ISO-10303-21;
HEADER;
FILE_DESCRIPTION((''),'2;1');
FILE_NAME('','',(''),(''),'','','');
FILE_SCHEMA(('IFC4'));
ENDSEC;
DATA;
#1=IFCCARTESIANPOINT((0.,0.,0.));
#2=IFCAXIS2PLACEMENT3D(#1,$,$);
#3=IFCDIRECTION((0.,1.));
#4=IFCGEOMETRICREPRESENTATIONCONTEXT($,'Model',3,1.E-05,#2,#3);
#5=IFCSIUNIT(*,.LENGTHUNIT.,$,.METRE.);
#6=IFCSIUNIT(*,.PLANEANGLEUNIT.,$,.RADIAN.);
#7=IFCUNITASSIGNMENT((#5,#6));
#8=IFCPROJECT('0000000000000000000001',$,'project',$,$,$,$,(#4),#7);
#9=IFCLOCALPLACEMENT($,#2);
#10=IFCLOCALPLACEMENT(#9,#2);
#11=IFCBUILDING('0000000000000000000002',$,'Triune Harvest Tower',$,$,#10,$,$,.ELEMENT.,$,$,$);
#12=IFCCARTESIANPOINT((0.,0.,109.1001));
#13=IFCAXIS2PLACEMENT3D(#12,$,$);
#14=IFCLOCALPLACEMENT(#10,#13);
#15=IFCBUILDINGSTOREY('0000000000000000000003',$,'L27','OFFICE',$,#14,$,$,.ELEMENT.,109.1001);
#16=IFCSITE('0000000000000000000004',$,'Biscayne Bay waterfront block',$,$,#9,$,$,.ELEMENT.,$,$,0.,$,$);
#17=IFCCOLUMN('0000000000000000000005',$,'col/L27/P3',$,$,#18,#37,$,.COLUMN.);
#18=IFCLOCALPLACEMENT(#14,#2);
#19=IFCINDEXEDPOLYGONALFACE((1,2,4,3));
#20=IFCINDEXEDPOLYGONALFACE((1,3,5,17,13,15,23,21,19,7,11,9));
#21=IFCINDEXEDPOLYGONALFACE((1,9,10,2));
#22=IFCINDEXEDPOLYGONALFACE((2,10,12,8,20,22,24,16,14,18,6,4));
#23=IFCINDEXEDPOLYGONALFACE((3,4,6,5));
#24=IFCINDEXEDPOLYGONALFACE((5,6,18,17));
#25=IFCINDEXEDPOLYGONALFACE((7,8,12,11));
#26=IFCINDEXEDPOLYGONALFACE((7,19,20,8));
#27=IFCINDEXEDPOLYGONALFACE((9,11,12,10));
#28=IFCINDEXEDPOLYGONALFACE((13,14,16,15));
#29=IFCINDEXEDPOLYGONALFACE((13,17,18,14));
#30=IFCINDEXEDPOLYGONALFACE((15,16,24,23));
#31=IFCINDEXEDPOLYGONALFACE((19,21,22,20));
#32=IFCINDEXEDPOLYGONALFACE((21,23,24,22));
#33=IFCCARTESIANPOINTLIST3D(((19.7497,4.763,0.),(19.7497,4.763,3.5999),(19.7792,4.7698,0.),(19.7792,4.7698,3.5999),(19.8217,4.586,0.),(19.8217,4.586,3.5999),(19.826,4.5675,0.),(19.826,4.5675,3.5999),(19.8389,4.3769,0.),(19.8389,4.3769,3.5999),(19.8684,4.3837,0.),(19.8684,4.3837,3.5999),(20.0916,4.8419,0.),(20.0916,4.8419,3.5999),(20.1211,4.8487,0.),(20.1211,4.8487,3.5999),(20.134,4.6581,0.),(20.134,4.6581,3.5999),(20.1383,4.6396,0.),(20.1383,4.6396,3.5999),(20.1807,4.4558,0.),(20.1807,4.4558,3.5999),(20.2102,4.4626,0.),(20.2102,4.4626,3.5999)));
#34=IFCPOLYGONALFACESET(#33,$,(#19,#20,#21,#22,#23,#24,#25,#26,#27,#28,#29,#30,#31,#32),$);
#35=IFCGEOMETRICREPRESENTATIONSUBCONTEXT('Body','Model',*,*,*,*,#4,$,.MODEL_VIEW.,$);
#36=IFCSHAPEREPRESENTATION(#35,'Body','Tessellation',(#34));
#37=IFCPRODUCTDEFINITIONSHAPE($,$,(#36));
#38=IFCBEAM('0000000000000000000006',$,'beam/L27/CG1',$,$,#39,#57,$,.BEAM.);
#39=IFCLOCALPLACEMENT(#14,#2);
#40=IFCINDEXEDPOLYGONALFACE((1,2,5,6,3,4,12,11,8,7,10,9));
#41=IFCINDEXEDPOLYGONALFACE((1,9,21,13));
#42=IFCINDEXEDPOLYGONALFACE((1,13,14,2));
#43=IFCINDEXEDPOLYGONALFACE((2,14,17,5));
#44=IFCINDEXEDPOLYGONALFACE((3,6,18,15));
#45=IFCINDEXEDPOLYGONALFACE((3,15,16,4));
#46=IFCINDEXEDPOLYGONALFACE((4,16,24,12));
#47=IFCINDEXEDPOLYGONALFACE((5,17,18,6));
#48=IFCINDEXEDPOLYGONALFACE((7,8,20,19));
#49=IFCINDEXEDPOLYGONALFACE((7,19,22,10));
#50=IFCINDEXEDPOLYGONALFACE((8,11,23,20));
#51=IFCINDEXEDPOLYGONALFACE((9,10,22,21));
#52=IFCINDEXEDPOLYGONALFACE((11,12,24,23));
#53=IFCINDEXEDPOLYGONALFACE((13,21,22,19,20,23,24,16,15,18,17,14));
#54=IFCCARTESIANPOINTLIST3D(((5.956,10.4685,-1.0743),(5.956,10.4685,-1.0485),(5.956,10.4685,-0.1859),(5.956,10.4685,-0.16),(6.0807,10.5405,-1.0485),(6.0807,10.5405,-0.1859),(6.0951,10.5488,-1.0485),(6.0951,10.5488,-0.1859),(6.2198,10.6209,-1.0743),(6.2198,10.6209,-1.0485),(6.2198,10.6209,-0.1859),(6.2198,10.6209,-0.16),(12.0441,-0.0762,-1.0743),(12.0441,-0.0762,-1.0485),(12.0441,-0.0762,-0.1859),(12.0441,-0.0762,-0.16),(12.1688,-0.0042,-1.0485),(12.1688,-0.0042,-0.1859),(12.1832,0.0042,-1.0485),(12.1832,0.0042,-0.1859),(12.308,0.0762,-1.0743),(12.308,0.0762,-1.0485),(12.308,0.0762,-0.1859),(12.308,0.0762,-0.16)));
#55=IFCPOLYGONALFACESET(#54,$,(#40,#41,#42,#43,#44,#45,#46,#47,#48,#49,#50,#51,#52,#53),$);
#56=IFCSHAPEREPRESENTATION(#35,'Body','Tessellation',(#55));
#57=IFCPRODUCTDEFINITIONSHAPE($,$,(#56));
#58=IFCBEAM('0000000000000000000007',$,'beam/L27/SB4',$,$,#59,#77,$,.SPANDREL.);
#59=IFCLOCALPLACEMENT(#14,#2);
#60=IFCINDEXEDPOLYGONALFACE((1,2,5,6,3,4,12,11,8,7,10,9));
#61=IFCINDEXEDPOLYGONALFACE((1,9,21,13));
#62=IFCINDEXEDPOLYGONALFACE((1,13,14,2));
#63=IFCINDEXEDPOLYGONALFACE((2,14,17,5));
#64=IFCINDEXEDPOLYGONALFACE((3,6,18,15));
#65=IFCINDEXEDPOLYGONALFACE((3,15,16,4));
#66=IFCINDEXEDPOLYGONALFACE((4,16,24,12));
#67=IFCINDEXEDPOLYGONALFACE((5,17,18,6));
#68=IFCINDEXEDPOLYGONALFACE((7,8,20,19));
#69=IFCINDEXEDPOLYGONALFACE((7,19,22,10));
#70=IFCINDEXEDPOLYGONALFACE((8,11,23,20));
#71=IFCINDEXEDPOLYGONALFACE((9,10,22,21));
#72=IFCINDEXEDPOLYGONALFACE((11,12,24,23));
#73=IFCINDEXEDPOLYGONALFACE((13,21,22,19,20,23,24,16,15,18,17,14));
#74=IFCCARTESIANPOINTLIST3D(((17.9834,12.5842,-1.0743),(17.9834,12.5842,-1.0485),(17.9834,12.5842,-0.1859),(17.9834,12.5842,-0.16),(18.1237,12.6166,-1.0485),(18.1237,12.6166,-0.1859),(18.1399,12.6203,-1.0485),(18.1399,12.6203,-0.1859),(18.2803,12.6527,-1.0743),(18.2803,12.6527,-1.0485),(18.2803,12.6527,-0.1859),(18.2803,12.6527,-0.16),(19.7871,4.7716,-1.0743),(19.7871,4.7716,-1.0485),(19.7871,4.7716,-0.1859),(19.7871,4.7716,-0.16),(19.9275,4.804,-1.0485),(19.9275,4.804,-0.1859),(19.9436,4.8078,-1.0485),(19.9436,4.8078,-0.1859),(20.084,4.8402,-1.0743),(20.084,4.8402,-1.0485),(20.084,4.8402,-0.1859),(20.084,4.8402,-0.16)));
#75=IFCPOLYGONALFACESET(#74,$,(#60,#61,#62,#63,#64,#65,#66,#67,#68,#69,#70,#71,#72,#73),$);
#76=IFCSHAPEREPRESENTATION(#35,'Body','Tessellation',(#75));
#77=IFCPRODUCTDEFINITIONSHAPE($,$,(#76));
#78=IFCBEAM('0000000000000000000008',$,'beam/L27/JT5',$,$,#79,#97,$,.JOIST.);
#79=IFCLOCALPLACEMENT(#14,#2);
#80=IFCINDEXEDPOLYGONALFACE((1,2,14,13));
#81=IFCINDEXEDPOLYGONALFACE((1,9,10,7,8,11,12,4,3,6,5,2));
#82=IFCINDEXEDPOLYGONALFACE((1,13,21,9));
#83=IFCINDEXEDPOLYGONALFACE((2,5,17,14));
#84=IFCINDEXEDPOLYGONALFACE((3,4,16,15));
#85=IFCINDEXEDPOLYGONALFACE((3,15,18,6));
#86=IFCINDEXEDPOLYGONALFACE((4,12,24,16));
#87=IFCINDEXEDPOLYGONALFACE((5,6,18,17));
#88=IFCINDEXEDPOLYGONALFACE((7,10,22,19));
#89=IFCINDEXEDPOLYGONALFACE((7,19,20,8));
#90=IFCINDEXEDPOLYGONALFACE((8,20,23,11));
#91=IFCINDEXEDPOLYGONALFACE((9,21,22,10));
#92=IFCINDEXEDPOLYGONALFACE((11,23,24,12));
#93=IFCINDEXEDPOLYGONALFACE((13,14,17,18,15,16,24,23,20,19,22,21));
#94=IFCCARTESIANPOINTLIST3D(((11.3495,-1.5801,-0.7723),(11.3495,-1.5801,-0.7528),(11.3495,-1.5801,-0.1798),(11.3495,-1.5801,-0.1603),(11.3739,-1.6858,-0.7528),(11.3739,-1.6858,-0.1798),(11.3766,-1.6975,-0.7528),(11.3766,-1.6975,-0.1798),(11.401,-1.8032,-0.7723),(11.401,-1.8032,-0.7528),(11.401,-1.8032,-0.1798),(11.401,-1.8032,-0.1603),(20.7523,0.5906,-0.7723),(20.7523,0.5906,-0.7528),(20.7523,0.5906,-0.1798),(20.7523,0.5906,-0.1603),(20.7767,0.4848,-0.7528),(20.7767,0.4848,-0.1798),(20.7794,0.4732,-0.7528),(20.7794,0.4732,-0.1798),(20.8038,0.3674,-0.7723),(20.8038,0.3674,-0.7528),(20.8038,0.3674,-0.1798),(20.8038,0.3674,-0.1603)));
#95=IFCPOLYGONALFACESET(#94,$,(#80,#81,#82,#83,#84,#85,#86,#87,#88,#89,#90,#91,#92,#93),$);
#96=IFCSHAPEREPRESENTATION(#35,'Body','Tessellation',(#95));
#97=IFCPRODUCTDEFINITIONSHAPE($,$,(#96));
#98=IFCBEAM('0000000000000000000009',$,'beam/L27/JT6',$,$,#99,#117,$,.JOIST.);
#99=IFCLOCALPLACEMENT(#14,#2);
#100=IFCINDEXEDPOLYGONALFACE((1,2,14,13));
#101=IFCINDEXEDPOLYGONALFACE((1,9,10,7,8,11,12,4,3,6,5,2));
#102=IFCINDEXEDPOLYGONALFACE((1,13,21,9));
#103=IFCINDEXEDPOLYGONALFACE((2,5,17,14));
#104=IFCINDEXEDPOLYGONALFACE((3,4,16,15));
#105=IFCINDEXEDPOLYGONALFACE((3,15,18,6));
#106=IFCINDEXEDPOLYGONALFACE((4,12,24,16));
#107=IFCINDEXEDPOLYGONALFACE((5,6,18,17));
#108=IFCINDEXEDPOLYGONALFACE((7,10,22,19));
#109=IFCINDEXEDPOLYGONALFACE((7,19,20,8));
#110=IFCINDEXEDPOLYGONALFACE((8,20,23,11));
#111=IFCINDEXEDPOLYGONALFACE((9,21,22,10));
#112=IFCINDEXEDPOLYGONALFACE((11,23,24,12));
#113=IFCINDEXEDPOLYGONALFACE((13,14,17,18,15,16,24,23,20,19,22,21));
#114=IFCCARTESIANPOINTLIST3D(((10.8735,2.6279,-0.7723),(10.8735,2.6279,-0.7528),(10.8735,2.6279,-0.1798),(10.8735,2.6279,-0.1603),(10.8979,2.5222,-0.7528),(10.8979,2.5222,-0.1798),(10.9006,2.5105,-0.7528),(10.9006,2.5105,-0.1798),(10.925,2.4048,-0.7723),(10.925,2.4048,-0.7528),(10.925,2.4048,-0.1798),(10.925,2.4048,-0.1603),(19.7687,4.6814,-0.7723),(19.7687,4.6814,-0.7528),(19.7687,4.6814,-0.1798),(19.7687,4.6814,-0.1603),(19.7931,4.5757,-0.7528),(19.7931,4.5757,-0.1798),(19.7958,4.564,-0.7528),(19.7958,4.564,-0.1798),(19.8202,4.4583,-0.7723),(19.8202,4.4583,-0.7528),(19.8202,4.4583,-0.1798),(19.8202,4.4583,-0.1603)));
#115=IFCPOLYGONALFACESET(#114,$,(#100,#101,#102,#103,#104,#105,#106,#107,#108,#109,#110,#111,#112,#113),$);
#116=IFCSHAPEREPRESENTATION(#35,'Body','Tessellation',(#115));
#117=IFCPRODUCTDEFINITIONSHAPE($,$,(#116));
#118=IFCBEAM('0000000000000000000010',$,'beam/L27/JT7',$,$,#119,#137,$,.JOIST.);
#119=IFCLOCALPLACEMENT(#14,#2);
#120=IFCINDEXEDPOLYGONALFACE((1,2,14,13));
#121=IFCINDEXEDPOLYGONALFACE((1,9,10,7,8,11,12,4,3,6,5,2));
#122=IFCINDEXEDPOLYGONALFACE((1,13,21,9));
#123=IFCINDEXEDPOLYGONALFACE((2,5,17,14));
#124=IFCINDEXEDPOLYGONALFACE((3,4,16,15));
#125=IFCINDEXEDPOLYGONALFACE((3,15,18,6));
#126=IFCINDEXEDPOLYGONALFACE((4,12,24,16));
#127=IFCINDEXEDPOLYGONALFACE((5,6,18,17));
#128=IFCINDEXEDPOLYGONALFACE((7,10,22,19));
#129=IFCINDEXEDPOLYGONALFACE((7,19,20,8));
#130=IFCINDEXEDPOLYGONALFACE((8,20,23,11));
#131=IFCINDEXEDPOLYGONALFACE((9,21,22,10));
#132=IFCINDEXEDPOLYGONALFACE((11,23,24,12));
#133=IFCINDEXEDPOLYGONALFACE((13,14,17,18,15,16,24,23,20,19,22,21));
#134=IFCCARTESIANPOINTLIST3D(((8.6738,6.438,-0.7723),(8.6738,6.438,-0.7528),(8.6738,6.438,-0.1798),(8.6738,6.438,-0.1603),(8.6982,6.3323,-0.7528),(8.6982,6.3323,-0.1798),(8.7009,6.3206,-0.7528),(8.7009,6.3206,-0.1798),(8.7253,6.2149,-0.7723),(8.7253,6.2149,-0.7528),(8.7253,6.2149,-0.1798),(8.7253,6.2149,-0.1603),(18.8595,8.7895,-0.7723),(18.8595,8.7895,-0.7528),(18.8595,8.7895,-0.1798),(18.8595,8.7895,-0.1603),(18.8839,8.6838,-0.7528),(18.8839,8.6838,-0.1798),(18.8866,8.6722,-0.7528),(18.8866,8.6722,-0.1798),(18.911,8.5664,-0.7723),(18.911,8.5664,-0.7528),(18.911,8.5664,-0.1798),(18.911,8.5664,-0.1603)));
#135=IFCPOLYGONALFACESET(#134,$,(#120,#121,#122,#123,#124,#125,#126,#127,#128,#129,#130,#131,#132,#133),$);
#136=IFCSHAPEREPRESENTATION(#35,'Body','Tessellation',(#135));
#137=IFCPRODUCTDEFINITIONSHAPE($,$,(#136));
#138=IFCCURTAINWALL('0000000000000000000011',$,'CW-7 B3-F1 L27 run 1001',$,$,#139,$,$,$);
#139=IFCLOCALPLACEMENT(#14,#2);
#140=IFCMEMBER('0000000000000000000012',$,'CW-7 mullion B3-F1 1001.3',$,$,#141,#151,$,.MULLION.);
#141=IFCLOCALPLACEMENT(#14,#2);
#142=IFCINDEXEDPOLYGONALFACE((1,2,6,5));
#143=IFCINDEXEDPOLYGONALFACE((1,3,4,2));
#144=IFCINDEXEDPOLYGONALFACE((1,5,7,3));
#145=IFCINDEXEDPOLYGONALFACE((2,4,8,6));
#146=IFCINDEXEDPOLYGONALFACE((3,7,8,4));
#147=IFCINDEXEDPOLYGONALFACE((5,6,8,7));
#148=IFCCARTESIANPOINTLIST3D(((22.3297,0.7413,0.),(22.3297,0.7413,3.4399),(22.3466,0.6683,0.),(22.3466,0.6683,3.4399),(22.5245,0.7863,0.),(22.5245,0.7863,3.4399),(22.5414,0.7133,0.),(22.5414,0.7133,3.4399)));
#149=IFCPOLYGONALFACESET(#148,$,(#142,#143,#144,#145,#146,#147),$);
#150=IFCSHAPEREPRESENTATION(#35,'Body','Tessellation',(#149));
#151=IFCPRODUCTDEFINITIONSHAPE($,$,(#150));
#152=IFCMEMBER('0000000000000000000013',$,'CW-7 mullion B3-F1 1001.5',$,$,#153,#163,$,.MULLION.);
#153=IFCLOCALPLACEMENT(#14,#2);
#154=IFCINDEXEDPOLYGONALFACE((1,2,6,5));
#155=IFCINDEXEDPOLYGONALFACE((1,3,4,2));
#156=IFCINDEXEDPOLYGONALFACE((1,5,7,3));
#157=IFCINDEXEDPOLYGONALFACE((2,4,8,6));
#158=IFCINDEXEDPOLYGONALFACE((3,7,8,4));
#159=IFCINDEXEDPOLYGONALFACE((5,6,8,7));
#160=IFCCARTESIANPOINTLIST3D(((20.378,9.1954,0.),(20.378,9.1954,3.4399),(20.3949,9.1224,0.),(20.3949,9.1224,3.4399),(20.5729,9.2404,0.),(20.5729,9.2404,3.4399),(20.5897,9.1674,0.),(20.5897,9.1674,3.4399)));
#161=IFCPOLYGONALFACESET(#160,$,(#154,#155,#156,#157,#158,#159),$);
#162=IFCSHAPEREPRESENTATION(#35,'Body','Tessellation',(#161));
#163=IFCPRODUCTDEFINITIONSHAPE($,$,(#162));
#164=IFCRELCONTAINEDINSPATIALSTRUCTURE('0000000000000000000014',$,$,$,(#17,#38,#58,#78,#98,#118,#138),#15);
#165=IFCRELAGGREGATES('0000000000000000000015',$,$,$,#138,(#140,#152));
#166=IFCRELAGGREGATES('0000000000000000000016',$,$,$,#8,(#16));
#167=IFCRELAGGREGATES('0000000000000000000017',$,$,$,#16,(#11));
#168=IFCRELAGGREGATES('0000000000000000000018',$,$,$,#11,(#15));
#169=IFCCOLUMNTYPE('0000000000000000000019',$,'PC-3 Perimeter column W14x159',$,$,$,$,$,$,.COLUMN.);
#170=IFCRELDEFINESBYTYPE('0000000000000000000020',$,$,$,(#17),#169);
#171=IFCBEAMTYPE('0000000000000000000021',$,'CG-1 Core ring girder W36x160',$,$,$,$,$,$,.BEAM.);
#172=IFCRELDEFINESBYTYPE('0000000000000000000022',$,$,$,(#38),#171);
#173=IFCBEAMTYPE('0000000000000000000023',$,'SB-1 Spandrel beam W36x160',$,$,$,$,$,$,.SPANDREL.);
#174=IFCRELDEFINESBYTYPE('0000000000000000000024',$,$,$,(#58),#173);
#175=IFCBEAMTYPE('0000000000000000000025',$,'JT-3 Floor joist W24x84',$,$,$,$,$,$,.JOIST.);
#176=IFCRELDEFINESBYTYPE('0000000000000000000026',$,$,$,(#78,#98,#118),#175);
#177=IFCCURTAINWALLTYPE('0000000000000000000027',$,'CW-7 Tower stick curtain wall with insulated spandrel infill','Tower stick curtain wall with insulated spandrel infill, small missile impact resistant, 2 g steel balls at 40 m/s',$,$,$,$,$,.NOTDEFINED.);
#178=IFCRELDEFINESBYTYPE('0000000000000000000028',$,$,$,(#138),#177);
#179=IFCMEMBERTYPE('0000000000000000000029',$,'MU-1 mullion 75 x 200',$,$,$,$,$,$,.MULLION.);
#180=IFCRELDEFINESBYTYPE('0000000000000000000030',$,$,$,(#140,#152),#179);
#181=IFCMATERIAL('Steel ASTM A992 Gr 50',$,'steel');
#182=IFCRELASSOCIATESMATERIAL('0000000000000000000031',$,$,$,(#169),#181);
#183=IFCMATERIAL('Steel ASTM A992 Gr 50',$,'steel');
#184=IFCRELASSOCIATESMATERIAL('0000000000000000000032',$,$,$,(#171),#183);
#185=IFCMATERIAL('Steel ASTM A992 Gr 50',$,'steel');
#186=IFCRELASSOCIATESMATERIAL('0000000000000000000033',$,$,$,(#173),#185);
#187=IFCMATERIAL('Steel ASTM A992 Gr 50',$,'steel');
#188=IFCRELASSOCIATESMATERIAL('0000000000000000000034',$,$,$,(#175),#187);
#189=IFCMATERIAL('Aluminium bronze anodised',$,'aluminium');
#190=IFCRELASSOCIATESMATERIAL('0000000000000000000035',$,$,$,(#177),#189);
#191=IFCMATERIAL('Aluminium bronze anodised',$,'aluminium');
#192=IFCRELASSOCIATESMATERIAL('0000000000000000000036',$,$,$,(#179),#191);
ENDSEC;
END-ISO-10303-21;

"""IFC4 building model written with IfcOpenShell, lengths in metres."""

from ifc_helpers import new_model, si_unit, direction, frame, origin, origin_2d, place, context, subcontext, project, spatial, rectangle, i_section, extrude, source, transform, mapped, material, material_profile, profile_set, type_object, element, aggregate, save


model = new_model("IFC4")

# Units and contexts
model_context = context("Model", 3, precision=1e-05, world=origin(), true_north=direction((0.0, 1.0)))
body_context = subcontext(model_context, "Body", "Model", "MODEL_VIEW")
ifc_project = project(units=[si_unit("LENGTHUNIT", "METRE"), si_unit("PLANEANGLEUNIT", "RADIAN")], contexts=[model_context])

# Site, building, storey
site_placement = place(None, origin())
site = spatial("IfcSite", under=ifc_project, at=site_placement, Name="Biscayne Bay waterfront block", CompositionType="ELEMENT", RefElevation=0.0)
building_placement = place(site_placement, origin())
building = spatial("IfcBuilding", under=site, at=building_placement, Name="Triune Harvest Tower", CompositionType="ELEMENT")
storey_placement = place(building_placement, frame((0.0, 0.0, 109.1001)))
storey = spatial("IfcBuildingStorey", under=building, at=storey_placement, Name="L27", Description="OFFICE", CompositionType="ELEMENT", Elevation=109.1001)

# Column
ifc_material_1 = material(Name="Steel ASTM A992 Gr 50", Category="steel")
ifc_material_profile_1 = material_profile(ifc_material_1, i_section(OverallWidth=0.3962, OverallDepth=0.3811, WebThickness=0.019, FlangeThickness=0.0303, at=origin_2d()), Name="W14x159")
ifc_profile_set_1 = profile_set([ifc_material_profile_1], Name="Steel ASTM A992 Gr 50")
column_type = type_object("IfcColumnType", Name="PC-3 Perimeter column W14x159", PredefinedType="COLUMN", material=ifc_profile_set_1)
shared_shape_1 = source(origin(), body_context, "Body", "SweptSolid", [
    extrude(i_section(OverallWidth=0.3962, OverallDepth=0.3811, WebThickness=0.019, FlangeThickness=0.0303, at=origin_2d()), origin(), (0.0, 0.0, 1.0), 3.5999),
])
column_placement = place(storey_placement, frame((19.98, 4.6128, 0.0), z_axis=(0.0, 0.0, 1.0), x_axis=(-0.224953, 0.97437, 0.0)))
element("IfcColumn", 1, at=column_placement, inside=storey, type_object=column_type, Name="col/L27/P3", PredefinedType="COLUMN", context=body_context, shape_type="MappedRepresentation", body=[
    mapped(shared_shape_1, transform((0.0, 0.0, 0.0), scale=1.0)),
])

# Beams
ifc_material_2 = material(Name="Steel ASTM A992 Gr 50", Category="steel")
ifc_material_profile_2 = material_profile(ifc_material_2, i_section(OverallWidth=0.3047, OverallDepth=0.9143, WebThickness=0.0166, FlangeThickness=0.0259, at=origin_2d()), Name="W36x160")
ifc_profile_set_2 = profile_set([ifc_material_profile_2], Name="Steel ASTM A992 Gr 50")
beam_type_1 = type_object("IfcBeamType", Name="CG-1 Core ring girder W36x160", PredefinedType="BEAM", material=ifc_profile_set_2)
shared_shape_2 = source(origin(), body_context, "Body", "SweptSolid", [
    extrude(i_section(OverallWidth=0.3047, OverallDepth=0.9143, WebThickness=0.0166, FlangeThickness=0.0259, at=origin_2d()), origin(), (0.0, 0.0, 1.0), 12.176),
])
beam_1_placement = place(storey_placement, frame((12.176, 0.0, -0.6172), z_axis=(-0.50001, 0.86602, 0.0), x_axis=(-0.86602, -0.50001, 0.0)))
element("IfcBeam", 2, at=beam_1_placement, inside=storey, type_object=beam_type_1, Name="beam/L27/CG1", PredefinedType="BEAM", context=body_context, shape_type="MappedRepresentation", body=[
    mapped(shared_shape_2, transform((0.0, 0.0, 0.0), scale=1.0)),
])
ifc_material_3 = material(Name="Steel ASTM A992 Gr 50", Category="steel")
ifc_material_profile_3 = material_profile(ifc_material_3, i_section(OverallWidth=0.3047, OverallDepth=0.9143, WebThickness=0.0166, FlangeThickness=0.0259, at=origin_2d()), Name="W36x160")
ifc_profile_set_3 = profile_set([ifc_material_profile_3], Name="Steel ASTM A992 Gr 50")
beam_type_2 = type_object("IfcBeamType", Name="SB-1 Spandrel beam W36x160", PredefinedType="SPANDREL", material=ifc_profile_set_3)
shared_shape_3 = source(origin(), body_context, "Body", "SweptSolid", [
    extrude(i_section(OverallWidth=0.3047, OverallDepth=0.9143, WebThickness=0.0166, FlangeThickness=0.0259, at=origin_2d()), origin(), (0.0, 0.0, 1.0), 8.0181),
])
beam_2_placement = place(storey_placement, frame((19.9355, 4.8059, -0.6172), z_axis=(-0.224957, 0.974369, 0.0), x_axis=(-0.974369, -0.224957, 0.0)))
element("IfcBeam", 3, at=beam_2_placement, inside=storey, type_object=beam_type_2, Name="beam/L27/SB4", PredefinedType="SPANDREL", context=body_context, shape_type="MappedRepresentation", body=[
    mapped(shared_shape_3, transform((0.0, 0.0, 0.0), scale=1.0)),
])
ifc_material_4 = material(Name="Steel ASTM A992 Gr 50", Category="steel")
ifc_material_profile_4 = material_profile(ifc_material_4, i_section(OverallWidth=0.229, OverallDepth=0.6121, WebThickness=0.012, FlangeThickness=0.0195, at=origin_2d()), Name="W24x84")
ifc_profile_set_4 = profile_set([ifc_material_profile_4], Name="Steel ASTM A992 Gr 50")
beam_type_3 = type_object("IfcBeamType", Name="JT-3 Floor joist W24x84", PredefinedType="JOIST", material=ifc_profile_set_4)
shared_shape_4 = source(origin(), body_context, "Body", "SweptSolid", [
    extrude(i_section(OverallWidth=0.229, OverallDepth=0.6121, WebThickness=0.012, FlangeThickness=0.0195, at=origin_2d()), origin(), (0.0, 0.0, 1.0), 9.6501),
])
beam_3_placement = place(storey_placement, frame((20.7781, 0.479, -0.4663), z_axis=(-0.974374, -0.224935, 0.0), x_axis=(0.224935, -0.974374, 0.0)))
element("IfcBeam", 4, at=beam_3_placement, inside=storey, type_object=beam_type_3, Name="beam/L27/JT5", PredefinedType="JOIST", context=body_context, shape_type="MappedRepresentation", body=[
    mapped(shared_shape_4, transform((0.0, 0.0, 0.0), scale=1.0)),
])
shared_shape_5 = source(origin(), body_context, "Body", "SweptSolid", [
    extrude(i_section(OverallWidth=0.229, OverallDepth=0.6121, WebThickness=0.012, FlangeThickness=0.0195, at=origin_2d()), origin(), (0.0, 0.0, 1.0), 9.1292),
])
beam_4_placement = place(storey_placement, frame((19.7944, 4.5698, -0.4663), z_axis=(-0.974374, -0.224934, 0.0), x_axis=(0.224934, -0.974374, 0.0)))
element("IfcBeam", 5, at=beam_4_placement, inside=storey, type_object=beam_type_3, Name="beam/L27/JT6", PredefinedType="JOIST", context=body_context, shape_type="MappedRepresentation", body=[
    mapped(shared_shape_5, transform((0.0, 0.0, 0.0), scale=1.0)),
])
shared_shape_6 = source(origin(), body_context, "Body", "SweptSolid", [
    extrude(i_section(OverallWidth=0.229, OverallDepth=0.6121, WebThickness=0.012, FlangeThickness=0.0195, at=origin_2d()), origin(), (0.0, 0.0, 1.0), 10.4536),
])
beam_5_placement = place(storey_placement, frame((18.8853, 8.678, -0.4663), z_axis=(-0.97437, -0.22495, 0.0), x_axis=(0.22495, -0.97437, 0.0)))
element("IfcBeam", 6, at=beam_5_placement, inside=storey, type_object=beam_type_3, Name="beam/L27/JT7", PredefinedType="JOIST", context=body_context, shape_type="MappedRepresentation", body=[
    mapped(shared_shape_6, transform((0.0, 0.0, 0.0), scale=1.0)),
])

# Curtain wall, members
ifc_material_5 = material(Name="Aluminium bronze anodised", Category="aluminium")
curtain_wall_type = type_object("IfcCurtainWallType", Name="CW-7 Tower stick curtain wall with insulated spandrel infill", Description="Tower stick curtain wall with insulated spandrel infill, small missile impact resistant, 2 g steel balls at 40 m/s", PredefinedType="NOTDEFINED", material=ifc_material_5)
curtain_wall_placement = place(storey_placement, origin())
curtain_wall = element("IfcCurtainWall", 7, at=curtain_wall_placement, inside=storey, type_object=curtain_wall_type, Name="CW-7 B3-F1 L27 run 1001")
ifc_material_6 = material(Name="Aluminium bronze anodised", Category="aluminium")
ifc_material_profile_5 = material_profile(ifc_material_6, rectangle(XDim=0.2, YDim=0.075, at=origin_2d()), Name="MU-1 mullion 75 x 200")
ifc_profile_set_5 = profile_set([ifc_material_profile_5], Name="Aluminium bronze anodised")
member_type_1 = type_object("IfcMemberType", Name="MU-1 mullion 75 x 200", PredefinedType="MULLION", material=ifc_profile_set_5)
shared_shape_7 = source(origin(), body_context, "Body", "SweptSolid", [
    extrude(rectangle(XDim=0.2, YDim=0.075, at=origin_2d()), origin(), (0.0, 0.0, 1.0), 3.4399),
])
member_1_placement = place(storey_placement, frame((22.4355, 0.7273, 0.0), z_axis=(0.0, 0.0, 1.0), x_axis=(-0.97437, -0.224952, 0.0)))
member_1 = element("IfcMember", 8, at=member_1_placement, type_object=member_type_1, Name="CW-7 mullion B3-F1 1001.3", PredefinedType="MULLION", context=body_context, shape_type="MappedRepresentation", body=[
    mapped(shared_shape_7, transform((0.0, 0.0, 0.0), scale=1.0)),
])
member_2_placement = place(storey_placement, frame((20.4839, 9.1814, 0.0), z_axis=(0.0, 0.0, 1.0), x_axis=(-0.97437, -0.224952, 0.0)))
member_2 = element("IfcMember", 9, at=member_2_placement, type_object=member_type_1, Name="CW-7 mullion B3-F1 1001.5", PredefinedType="MULLION", context=body_context, shape_type="MappedRepresentation", body=[
    mapped(shared_shape_7, transform((0.0, 0.0, 0.0), scale=1.0)),
])
aggregate(curtain_wall, [member_1, member_2])

save(model, "model.ifc")
